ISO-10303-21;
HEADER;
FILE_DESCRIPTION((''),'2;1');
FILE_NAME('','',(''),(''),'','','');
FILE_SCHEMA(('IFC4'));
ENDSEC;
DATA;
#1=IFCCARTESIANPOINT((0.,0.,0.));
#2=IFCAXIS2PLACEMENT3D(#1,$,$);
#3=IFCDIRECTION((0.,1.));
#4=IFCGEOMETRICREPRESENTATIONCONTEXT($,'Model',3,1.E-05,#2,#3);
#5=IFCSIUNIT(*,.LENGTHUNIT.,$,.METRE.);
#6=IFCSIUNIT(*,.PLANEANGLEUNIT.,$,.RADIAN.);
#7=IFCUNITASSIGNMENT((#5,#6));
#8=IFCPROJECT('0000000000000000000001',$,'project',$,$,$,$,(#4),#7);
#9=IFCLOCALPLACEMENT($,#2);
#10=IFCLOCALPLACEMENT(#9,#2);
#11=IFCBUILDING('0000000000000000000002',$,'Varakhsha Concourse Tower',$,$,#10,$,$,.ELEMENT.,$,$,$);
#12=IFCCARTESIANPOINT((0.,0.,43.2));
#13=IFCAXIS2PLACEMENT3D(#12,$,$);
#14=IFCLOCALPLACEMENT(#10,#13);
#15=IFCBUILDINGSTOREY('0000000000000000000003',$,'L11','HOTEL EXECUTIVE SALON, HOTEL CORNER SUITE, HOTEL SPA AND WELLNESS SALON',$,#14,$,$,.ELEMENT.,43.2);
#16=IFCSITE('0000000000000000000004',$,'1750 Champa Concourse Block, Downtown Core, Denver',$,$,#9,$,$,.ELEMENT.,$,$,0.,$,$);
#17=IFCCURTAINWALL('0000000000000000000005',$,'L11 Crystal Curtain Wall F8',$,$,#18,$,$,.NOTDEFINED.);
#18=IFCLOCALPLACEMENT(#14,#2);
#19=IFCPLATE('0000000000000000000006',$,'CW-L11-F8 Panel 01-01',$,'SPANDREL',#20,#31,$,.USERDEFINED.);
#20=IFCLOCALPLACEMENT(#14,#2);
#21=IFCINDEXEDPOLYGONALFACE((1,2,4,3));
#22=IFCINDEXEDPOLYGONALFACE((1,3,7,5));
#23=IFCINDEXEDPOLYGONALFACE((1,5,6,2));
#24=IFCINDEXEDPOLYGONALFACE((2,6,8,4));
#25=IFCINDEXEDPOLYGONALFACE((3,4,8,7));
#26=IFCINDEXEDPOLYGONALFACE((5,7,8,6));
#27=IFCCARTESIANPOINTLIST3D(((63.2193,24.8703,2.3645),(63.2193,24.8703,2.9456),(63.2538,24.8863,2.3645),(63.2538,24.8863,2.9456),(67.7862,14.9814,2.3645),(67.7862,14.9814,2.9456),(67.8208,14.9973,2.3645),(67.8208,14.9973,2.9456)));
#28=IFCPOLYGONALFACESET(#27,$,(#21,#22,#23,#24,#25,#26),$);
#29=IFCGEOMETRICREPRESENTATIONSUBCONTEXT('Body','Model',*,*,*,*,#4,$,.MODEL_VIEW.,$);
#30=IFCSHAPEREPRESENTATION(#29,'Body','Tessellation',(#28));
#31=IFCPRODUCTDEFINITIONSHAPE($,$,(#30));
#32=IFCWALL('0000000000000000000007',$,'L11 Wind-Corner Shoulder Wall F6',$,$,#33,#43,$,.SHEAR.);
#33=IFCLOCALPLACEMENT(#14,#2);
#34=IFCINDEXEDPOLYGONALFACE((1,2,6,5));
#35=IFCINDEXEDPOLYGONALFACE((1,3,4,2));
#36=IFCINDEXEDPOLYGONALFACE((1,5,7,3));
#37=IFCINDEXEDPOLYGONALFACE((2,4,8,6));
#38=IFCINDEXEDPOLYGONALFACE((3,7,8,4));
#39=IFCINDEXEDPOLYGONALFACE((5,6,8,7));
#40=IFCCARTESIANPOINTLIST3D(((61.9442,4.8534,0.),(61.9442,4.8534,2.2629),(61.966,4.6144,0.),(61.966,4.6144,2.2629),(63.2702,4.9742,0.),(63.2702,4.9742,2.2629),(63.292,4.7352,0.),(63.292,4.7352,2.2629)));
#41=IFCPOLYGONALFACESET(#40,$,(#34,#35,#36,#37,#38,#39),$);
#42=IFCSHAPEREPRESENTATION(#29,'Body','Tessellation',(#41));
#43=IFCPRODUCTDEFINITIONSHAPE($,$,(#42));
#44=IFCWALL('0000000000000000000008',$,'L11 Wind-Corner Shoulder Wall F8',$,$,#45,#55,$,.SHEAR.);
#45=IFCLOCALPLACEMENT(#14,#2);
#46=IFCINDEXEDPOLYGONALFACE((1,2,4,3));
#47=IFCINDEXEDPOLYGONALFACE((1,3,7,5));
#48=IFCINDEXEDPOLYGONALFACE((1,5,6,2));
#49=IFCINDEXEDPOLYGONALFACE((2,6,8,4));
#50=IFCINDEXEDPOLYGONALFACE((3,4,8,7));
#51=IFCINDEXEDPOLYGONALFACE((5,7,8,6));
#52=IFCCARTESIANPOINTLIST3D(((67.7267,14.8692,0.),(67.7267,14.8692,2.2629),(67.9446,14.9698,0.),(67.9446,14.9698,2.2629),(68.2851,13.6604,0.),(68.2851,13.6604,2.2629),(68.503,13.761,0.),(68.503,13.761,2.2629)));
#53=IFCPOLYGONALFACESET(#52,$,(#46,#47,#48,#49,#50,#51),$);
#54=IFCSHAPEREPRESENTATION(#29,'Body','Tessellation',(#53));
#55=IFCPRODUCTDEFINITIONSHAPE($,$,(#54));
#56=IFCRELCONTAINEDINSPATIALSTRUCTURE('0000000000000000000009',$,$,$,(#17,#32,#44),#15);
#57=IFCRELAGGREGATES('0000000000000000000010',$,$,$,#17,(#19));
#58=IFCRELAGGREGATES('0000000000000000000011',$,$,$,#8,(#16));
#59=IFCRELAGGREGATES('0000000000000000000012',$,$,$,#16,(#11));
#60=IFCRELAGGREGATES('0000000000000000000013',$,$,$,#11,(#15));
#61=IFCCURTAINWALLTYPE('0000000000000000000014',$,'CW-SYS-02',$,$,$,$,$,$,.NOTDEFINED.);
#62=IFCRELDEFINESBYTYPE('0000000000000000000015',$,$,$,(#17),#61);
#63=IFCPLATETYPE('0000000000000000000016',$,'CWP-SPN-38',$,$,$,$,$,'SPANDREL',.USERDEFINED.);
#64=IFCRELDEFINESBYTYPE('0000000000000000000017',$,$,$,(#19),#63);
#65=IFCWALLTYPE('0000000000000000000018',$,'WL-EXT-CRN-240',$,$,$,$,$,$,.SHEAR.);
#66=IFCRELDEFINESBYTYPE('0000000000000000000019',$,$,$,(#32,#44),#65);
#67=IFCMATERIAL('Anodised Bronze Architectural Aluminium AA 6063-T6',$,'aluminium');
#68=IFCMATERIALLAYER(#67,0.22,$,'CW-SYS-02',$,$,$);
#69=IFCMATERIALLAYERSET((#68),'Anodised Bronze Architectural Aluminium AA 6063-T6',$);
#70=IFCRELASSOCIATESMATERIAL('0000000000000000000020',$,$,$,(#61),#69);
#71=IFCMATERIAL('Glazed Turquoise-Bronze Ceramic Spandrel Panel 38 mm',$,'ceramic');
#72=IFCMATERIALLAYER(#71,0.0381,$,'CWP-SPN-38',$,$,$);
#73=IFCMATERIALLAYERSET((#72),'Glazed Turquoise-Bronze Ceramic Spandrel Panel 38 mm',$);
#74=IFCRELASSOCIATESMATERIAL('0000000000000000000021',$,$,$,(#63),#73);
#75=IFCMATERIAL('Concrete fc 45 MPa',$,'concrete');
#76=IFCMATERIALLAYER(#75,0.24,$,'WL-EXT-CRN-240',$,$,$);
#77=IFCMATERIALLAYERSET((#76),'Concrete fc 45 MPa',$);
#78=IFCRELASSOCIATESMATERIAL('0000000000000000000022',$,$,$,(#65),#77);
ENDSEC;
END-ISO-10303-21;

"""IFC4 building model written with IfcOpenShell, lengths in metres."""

from ifc_helpers import new_model, si_unit, direction, frame, frame_2d, origin, origin_2d, place, context, subcontext, project, spatial, rectangle, extrude, source, transform, mapped, material, layer, layer_set, type_object, element, aggregate, save


model = new_model("IFC4")

# Units and contexts
model_context = context("Model", 3, precision=1e-05, world=origin(), true_north=direction((0.0, 1.0)))
body_context = subcontext(model_context, "Body", "Model", "MODEL_VIEW")
ifc_project = project(units=[si_unit("LENGTHUNIT", "METRE"), si_unit("PLANEANGLEUNIT", "RADIAN")], contexts=[model_context])

# Site, building, storey
site_placement = place(None, origin())
site = spatial("IfcSite", under=ifc_project, at=site_placement, Name="1750 Champa Concourse Block, Downtown Core, Denver", CompositionType="ELEMENT", RefElevation=0.0)
building_placement = place(site_placement, origin())
building = spatial("IfcBuilding", under=site, at=building_placement, Name="Varakhsha Concourse Tower", CompositionType="ELEMENT")
storey_placement = place(building_placement, frame((0.0, 0.0, 43.2)))
storey = spatial("IfcBuildingStorey", under=building, at=storey_placement, Name="L11", Description="HOTEL EXECUTIVE SALON, HOTEL CORNER SUITE, HOTEL SPA AND WELLNESS SALON", CompositionType="ELEMENT", Elevation=43.2)

# Shared definitions
ifc_material_1 = material(Name="Anodised Bronze Architectural Aluminium AA 6063-T6", Category="aluminium")
ifc_layer_1 = layer(ifc_material_1, 0.22, Name="CW-SYS-02")
ifc_layer_set_1 = layer_set([ifc_layer_1], Name="Anodised Bronze Architectural Aluminium AA 6063-T6")
curtain_wall_type = type_object("IfcCurtainWallType", Name="CW-SYS-02", PredefinedType="NOTDEFINED", material=ifc_layer_set_1)

# Curtain wall
curtain_wall_1_placement = place(storey_placement, origin())
curtain_wall_1 = element("IfcCurtainWall", 1, at=curtain_wall_1_placement, inside=storey, type_object=curtain_wall_type, Name="L11 Crystal Curtain Wall F8", PredefinedType="NOTDEFINED")

# Plate
ifc_material_2 = material(Name="Glazed Turquoise-Bronze Ceramic Spandrel Panel 38 mm", Category="ceramic")
ifc_layer_2 = layer(ifc_material_2, 0.0381, Name="CWP-SPN-38")
ifc_layer_set_2 = layer_set([ifc_layer_2], Name="Glazed Turquoise-Bronze Ceramic Spandrel Panel 38 mm")
plate_type_1 = type_object("IfcPlateType", Name="CWP-SPN-38", ElementType="SPANDREL", PredefinedType="USERDEFINED", material=ifc_layer_set_2)
shared_shape_1 = source(origin(), body_context, "Body", "SweptSolid", [
    extrude(rectangle(XDim=10.8926, YDim=0.0381, at=origin_2d()), origin(), (0.0, 0.0, 1.0), 0.5811),
])
plate_1_placement = place(storey_placement, frame((65.52, 19.9338, 2.3645), z_axis=(0.0, 0.0, 1.0), x_axis=(0.41927, -0.907862, 0.0)))
plate_1 = element("IfcPlate", 2, at=plate_1_placement, type_object=plate_type_1, Name="CW-L11-F8 Panel 01-01", ObjectType="SPANDREL", PredefinedType="USERDEFINED", context=body_context, shape_type="MappedRepresentation", body=[
    mapped(shared_shape_1, transform((0.0, 0.0, 0.0), scale=1.0)),
])
aggregate(curtain_wall_1, [plate_1])

# Walls
ifc_material_3 = material(Name="Concrete fc 45 MPa", Category="concrete")
ifc_layer_3 = layer(ifc_material_3, 0.24, Name="WL-EXT-CRN-240")
ifc_layer_set_3 = layer_set([ifc_layer_3], Name="Concrete fc 45 MPa")
wall_type = type_object("IfcWallType", Name="WL-EXT-CRN-240", PredefinedType="SHEAR", material=ifc_layer_set_3)
for number, where, z_axis, x_axis, name in (
    (3, (61.9551, 4.7339, 0.0), (0.0, 0.0, 1.0), (0.995872, 0.090767, 0.0), "L11 Wind-Corner Shoulder Wall F6"),
    (4, (68.394, 13.7107, 0.0), (0.0, 0.0, 1.0), (-0.419349, 0.907825, 0.0), "L11 Wind-Corner Shoulder Wall F8"),
):
    element("IfcWall", number, at=place(storey_placement, frame(where, z_axis=z_axis, x_axis=x_axis)), inside=storey, type_object=wall_type, Name=name, PredefinedType="SHEAR", context=body_context, shape_type="SweptSolid", body=[
        extrude(rectangle(XDim=1.3315, YDim=0.24, at=frame_2d((0.6658, 0.0))), origin(), (0.0, 0.0, 1.0), 2.2629),
    ])

save(model, "model.ifc")
